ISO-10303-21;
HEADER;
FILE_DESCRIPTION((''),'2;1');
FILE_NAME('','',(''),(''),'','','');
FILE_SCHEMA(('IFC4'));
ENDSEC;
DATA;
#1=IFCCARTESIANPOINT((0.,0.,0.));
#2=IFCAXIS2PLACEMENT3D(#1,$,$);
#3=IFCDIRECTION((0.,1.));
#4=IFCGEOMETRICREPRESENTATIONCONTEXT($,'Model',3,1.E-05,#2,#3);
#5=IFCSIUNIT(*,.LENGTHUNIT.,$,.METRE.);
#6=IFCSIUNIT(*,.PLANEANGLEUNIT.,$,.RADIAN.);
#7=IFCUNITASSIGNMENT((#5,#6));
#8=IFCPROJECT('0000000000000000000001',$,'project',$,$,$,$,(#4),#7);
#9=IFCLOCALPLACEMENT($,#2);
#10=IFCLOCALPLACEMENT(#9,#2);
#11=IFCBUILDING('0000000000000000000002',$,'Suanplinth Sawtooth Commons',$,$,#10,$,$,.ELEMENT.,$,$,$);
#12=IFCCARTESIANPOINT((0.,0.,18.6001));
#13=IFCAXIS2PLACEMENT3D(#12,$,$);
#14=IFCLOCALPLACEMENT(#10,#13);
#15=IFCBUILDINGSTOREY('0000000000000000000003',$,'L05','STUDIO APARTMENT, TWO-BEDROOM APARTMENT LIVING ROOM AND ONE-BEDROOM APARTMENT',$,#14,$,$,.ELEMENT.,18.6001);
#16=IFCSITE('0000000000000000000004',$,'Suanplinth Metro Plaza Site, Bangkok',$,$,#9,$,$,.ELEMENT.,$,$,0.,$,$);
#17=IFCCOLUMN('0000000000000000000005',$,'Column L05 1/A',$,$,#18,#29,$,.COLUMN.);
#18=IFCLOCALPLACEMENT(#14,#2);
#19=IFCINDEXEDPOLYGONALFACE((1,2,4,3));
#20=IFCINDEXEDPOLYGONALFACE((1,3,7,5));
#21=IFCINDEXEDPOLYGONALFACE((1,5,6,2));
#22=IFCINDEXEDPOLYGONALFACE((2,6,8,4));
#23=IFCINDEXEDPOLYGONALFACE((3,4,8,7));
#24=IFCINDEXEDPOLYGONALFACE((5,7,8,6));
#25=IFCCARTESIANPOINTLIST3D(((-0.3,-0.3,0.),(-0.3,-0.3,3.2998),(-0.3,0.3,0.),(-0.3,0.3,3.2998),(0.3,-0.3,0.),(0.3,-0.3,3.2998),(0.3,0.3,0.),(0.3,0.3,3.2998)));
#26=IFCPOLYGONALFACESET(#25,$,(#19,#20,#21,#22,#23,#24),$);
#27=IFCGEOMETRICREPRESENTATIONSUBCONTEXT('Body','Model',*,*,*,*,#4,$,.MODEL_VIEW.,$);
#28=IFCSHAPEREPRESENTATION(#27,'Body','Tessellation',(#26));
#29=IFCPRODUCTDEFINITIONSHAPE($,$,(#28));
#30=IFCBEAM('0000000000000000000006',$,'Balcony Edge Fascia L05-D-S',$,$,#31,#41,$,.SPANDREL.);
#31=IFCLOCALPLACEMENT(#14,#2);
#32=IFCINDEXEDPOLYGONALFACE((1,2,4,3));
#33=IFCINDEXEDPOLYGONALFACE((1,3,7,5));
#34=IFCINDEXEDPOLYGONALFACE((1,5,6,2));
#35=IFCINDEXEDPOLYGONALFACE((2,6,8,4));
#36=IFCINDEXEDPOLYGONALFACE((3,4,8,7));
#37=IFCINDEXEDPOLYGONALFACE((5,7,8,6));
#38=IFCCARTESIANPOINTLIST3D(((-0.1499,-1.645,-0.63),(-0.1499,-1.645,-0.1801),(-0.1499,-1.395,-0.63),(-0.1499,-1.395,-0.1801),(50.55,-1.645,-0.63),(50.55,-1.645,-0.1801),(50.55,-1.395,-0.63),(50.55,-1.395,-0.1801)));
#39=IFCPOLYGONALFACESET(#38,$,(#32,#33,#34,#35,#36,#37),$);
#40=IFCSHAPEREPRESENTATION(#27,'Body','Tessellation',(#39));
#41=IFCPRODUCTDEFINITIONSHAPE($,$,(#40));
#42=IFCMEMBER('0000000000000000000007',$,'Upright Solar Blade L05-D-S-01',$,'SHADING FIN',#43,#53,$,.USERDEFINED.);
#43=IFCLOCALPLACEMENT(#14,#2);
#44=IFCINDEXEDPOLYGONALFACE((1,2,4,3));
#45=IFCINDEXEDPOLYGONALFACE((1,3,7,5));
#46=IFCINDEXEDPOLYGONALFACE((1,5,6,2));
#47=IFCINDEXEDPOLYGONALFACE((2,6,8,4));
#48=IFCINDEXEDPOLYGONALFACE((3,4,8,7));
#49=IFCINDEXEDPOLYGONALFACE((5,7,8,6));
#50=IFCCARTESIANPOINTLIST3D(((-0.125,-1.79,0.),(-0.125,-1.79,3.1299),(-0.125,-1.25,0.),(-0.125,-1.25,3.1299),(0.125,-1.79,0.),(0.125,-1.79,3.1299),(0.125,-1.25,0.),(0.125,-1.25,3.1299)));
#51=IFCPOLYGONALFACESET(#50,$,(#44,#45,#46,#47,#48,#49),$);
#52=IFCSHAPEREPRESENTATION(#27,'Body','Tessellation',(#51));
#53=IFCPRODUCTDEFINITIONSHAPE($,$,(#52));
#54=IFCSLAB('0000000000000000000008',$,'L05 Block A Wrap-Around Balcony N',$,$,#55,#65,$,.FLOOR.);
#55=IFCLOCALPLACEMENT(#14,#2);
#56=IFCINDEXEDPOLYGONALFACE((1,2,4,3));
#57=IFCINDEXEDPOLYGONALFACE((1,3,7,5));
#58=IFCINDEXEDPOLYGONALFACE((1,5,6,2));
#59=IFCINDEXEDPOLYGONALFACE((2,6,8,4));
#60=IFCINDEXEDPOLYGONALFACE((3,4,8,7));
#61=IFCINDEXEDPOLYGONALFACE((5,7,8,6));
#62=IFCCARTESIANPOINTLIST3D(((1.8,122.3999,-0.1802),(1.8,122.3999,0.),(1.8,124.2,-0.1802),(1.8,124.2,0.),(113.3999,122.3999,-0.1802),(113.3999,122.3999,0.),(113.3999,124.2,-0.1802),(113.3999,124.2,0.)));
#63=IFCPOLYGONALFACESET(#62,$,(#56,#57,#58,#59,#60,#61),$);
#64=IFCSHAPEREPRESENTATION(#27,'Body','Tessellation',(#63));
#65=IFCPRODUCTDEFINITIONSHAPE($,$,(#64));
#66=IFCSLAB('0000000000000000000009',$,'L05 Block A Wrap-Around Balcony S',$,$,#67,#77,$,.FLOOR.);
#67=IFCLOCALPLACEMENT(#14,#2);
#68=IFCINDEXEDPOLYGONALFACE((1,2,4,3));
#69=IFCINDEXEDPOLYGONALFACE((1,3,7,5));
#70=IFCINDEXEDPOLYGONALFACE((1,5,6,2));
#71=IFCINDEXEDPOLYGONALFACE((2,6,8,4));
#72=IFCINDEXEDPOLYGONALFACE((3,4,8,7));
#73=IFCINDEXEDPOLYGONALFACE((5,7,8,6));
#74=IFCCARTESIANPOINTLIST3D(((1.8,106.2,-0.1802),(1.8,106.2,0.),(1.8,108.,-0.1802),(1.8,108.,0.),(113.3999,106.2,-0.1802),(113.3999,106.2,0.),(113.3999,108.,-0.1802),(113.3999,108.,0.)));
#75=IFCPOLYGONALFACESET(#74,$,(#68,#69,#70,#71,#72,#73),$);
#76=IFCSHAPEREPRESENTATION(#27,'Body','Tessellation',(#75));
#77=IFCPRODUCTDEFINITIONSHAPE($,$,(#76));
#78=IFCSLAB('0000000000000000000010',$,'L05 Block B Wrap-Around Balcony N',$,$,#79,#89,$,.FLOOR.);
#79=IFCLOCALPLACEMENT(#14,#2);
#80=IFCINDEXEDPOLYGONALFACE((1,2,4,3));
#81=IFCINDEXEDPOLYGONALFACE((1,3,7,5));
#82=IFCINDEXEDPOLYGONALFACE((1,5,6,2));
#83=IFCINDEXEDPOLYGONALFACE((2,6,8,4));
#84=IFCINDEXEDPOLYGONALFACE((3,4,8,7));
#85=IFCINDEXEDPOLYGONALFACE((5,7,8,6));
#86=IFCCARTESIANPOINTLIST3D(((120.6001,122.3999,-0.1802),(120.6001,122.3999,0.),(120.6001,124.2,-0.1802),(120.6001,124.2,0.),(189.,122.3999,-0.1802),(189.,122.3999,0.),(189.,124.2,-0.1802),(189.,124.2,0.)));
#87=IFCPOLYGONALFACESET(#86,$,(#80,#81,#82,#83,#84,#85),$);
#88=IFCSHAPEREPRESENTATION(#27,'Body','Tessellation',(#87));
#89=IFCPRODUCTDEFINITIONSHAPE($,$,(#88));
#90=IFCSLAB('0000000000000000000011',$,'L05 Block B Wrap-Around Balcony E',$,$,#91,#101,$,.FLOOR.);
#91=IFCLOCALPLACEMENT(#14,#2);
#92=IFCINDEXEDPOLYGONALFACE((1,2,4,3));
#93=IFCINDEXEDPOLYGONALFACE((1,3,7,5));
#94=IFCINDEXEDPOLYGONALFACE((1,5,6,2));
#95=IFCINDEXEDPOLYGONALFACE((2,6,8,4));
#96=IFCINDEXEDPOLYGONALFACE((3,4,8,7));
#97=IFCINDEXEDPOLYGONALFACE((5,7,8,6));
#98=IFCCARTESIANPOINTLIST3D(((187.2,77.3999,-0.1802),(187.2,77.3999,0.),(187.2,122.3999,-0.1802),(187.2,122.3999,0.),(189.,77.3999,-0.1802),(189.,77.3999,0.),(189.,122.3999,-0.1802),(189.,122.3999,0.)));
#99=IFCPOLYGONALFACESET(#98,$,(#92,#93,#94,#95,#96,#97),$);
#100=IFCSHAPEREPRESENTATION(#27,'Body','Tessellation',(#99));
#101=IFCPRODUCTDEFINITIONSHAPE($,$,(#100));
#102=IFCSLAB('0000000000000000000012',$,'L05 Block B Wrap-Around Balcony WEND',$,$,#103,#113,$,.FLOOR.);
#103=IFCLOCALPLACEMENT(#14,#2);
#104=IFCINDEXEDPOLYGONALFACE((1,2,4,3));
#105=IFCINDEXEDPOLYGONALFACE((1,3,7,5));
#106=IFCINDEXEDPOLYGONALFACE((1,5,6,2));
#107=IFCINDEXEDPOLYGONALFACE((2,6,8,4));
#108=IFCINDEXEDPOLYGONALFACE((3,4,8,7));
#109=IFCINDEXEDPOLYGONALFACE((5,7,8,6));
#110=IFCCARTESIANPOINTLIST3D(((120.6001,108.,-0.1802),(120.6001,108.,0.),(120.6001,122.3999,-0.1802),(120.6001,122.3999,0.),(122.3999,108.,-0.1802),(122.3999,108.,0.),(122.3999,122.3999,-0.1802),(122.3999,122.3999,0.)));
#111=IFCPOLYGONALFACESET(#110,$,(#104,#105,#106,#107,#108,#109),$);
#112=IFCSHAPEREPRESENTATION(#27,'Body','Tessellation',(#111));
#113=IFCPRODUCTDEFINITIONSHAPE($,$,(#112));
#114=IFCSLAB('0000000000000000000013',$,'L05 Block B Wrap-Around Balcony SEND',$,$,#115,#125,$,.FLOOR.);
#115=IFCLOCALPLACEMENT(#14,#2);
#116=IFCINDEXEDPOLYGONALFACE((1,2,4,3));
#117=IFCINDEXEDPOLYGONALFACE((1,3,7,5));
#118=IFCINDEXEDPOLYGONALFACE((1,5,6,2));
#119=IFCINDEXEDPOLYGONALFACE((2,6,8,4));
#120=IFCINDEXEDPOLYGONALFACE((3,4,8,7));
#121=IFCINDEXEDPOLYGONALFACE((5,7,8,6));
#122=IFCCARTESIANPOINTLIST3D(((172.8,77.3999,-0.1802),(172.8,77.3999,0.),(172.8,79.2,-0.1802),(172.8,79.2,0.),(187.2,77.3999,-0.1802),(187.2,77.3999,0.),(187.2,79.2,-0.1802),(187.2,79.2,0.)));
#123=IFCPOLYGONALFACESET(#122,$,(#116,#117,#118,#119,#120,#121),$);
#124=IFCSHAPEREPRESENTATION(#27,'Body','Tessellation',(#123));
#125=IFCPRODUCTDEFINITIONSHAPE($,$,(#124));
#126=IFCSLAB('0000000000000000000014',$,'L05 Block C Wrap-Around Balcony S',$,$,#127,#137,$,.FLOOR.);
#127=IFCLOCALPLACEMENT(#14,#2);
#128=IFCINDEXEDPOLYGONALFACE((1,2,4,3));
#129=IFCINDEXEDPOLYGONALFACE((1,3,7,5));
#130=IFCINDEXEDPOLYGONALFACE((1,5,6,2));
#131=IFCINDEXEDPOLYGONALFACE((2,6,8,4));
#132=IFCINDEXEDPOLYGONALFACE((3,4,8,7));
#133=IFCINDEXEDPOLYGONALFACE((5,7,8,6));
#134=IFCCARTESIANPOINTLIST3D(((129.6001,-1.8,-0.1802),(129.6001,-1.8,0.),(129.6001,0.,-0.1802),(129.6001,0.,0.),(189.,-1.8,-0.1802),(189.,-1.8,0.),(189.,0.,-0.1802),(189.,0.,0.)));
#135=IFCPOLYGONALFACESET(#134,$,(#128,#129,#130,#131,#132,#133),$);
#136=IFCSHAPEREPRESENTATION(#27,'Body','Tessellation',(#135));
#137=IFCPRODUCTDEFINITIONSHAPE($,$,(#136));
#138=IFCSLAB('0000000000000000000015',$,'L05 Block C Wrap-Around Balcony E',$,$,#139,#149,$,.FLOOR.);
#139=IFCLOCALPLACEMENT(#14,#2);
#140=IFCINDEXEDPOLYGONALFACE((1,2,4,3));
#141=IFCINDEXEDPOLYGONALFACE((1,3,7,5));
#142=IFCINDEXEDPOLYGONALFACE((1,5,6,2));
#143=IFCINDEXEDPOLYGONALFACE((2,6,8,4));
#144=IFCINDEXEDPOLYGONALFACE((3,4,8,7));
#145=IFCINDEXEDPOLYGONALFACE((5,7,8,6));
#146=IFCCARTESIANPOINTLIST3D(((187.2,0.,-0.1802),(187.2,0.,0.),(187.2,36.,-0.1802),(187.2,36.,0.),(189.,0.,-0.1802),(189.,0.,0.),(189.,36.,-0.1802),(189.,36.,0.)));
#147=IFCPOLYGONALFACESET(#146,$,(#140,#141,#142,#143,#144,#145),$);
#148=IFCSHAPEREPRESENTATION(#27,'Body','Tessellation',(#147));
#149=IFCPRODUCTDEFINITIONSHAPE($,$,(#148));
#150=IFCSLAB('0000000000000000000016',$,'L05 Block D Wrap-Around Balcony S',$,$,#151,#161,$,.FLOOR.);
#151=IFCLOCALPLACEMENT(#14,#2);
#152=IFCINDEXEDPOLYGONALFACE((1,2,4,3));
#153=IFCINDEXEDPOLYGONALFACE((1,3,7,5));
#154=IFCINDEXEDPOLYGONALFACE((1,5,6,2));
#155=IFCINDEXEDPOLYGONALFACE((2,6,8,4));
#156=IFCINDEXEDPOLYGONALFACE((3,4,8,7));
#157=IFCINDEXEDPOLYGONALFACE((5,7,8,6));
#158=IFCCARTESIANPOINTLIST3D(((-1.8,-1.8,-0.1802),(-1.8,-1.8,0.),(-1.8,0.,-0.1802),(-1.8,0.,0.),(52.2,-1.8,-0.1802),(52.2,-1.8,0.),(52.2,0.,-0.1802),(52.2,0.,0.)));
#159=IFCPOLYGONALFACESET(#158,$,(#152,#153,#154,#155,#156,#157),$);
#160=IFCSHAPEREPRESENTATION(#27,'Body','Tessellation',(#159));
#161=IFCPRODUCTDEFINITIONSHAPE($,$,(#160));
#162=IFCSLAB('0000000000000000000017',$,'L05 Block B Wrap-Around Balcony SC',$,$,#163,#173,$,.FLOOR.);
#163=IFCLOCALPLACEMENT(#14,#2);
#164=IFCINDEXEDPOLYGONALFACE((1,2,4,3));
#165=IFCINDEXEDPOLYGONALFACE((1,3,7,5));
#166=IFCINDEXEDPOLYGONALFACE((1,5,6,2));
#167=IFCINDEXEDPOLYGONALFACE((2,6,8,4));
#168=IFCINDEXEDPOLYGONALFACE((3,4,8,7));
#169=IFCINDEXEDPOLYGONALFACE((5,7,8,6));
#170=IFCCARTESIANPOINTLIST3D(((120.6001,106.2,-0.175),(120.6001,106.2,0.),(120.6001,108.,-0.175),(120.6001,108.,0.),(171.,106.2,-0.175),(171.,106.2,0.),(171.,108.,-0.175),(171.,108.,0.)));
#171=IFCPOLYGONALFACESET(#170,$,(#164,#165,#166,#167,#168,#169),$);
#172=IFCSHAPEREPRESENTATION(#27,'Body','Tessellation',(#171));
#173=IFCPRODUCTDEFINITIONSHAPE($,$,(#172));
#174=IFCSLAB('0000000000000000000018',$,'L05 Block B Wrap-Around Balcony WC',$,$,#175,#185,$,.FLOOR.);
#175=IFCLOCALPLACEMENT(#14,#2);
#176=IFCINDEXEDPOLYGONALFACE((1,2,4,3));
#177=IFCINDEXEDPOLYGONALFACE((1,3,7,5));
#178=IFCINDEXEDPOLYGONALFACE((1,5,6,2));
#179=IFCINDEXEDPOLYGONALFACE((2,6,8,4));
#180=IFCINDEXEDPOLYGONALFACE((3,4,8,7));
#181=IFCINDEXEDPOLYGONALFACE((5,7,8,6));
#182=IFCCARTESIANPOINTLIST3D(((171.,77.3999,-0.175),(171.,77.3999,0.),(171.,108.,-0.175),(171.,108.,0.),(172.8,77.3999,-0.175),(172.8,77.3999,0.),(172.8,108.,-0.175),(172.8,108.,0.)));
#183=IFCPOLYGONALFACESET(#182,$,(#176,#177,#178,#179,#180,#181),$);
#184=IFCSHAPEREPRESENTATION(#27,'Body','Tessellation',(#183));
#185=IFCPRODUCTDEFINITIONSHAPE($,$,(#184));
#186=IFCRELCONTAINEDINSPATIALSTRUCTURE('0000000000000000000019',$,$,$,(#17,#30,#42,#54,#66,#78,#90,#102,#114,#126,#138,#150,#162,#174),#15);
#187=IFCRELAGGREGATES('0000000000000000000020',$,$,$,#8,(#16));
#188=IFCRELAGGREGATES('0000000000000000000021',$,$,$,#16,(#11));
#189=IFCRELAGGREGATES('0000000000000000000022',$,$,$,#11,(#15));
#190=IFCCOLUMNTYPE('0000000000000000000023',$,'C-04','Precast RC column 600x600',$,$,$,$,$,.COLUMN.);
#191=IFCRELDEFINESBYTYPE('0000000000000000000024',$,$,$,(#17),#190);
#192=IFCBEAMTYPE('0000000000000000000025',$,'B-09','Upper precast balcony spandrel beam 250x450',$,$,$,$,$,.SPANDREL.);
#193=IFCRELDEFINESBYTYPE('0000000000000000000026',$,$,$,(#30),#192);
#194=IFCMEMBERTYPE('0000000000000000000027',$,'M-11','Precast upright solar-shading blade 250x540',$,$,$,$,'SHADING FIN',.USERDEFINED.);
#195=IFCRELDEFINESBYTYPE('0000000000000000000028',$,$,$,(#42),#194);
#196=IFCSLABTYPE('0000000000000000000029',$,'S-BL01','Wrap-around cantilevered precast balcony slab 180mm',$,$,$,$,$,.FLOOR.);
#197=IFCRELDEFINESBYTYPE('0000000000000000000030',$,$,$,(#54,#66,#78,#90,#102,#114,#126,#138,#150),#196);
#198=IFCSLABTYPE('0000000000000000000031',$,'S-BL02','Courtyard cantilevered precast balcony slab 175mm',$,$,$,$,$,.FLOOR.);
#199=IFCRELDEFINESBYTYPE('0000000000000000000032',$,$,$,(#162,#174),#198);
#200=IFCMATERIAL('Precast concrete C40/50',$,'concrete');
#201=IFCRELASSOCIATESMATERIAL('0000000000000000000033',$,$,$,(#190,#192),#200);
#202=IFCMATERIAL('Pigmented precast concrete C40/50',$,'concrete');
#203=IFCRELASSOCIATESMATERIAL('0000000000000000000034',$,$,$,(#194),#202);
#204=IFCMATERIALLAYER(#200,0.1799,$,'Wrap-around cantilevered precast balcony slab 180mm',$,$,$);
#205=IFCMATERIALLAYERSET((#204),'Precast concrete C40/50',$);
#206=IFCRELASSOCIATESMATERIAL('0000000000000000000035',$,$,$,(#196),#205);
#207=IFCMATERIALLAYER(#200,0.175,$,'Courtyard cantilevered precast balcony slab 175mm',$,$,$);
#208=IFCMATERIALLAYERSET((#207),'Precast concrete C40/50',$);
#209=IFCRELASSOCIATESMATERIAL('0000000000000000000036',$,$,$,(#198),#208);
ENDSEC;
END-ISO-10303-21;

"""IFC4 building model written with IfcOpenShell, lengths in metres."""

from ifc_helpers import new_model, si_unit, direction, frame, origin, origin_with_axes, origin_2d, place, context, subcontext, project, spatial, polyline, rectangle, outline, extrude, material, layer, layer_set, material_profile, profile_set, type_object, element, save


model = new_model("IFC4")

# Units and contexts
model_context = context("Model", 3, precision=1e-05, world=origin(), true_north=direction((0.0, 1.0)))
body_context = subcontext(model_context, "Body", "Model", "MODEL_VIEW")
ifc_project = project(units=[si_unit("LENGTHUNIT", "METRE"), si_unit("PLANEANGLEUNIT", "RADIAN")], contexts=[model_context])

# Site, building, storey
site_placement = place(None, origin())
site = spatial("IfcSite", under=ifc_project, at=site_placement, Name="Suanplinth Metro Plaza Site, Bangkok", CompositionType="ELEMENT", RefElevation=0.0)
building_placement = place(site_placement, origin())
building = spatial("IfcBuilding", under=site, at=building_placement, Name="Suanplinth Sawtooth Commons", CompositionType="ELEMENT")
storey_placement = place(building_placement, frame((0.0, 0.0, 18.6001)))
storey = spatial("IfcBuildingStorey", under=building, at=storey_placement, Name="L05", Description="STUDIO APARTMENT, TWO-BEDROOM APARTMENT LIVING ROOM AND ONE-BEDROOM APARTMENT", CompositionType="ELEMENT", Elevation=18.6001)

# Column
ifc_material_1 = material(Name="Precast concrete C40/50", Category="concrete")
ifc_material_profile_1 = material_profile(ifc_material_1, rectangle(XDim=0.6001, YDim=0.6001, at=origin_2d()), Name="PC-COL 600x600")
ifc_profile_set_1 = profile_set([ifc_material_profile_1], Name="Precast concrete C40/50")
column_type = type_object("IfcColumnType", Name="C-04", Description="Precast RC column 600x600", PredefinedType="COLUMN", material=ifc_profile_set_1)
column_placement = place(storey_placement, origin_with_axes())
element("IfcColumn", 1, at=column_placement, inside=storey, type_object=column_type, Name="Column L05 1/A", PredefinedType="COLUMN", context=body_context, shape_type="SweptSolid", body=[
    extrude(rectangle(XDim=0.6001, YDim=0.6001, at=origin_2d()), origin(), (0.0, 0.0, 1.0), 3.2998),
])

# Beam
ifc_material_profile_2 = material_profile(ifc_material_1, rectangle(XDim=0.25, YDim=0.45, at=origin_2d()), Name="PC-SP 250x450")
ifc_profile_set_2 = profile_set([ifc_material_profile_2], Name="Precast concrete C40/50")
beam_type = type_object("IfcBeamType", Name="B-09", Description="Upper precast balcony spandrel beam 250x450", PredefinedType="SPANDREL", material=ifc_profile_set_2)
beam_placement = place(storey_placement, frame((-0.1499, -1.52, -0.405), z_axis=(1.0, 0.0, 0.0), x_axis=(0.0, 1.0, 0.0)))
element("IfcBeam", 2, at=beam_placement, inside=storey, type_object=beam_type, Name="Balcony Edge Fascia L05-D-S", PredefinedType="SPANDREL", context=body_context, shape_type="SweptSolid", body=[
    extrude(rectangle(XDim=0.25, YDim=0.45, at=origin_2d()), origin(), (0.0, 0.0, 1.0), 50.7),
])

# Member
ifc_material_2 = material(Name="Pigmented precast concrete C40/50", Category="concrete")
ifc_material_profile_3 = material_profile(ifc_material_2, rectangle(XDim=0.25, YDim=0.54, at=origin_2d()), Name="PC-FIN 250x540")
ifc_profile_set_3 = profile_set([ifc_material_profile_3], Name="Pigmented precast concrete C40/50")
member_type = type_object("IfcMemberType", Name="M-11", Description="Precast upright solar-shading blade 250x540", ElementType="SHADING FIN", PredefinedType="USERDEFINED", material=ifc_profile_set_3)
member_placement = place(storey_placement, frame((0.0, -1.52, 0.0), z_axis=(0.0, 0.0, 1.0), x_axis=(1.0, 0.0, 0.0)))
element("IfcMember", 3, at=member_placement, inside=storey, type_object=member_type, Name="Upright Solar Blade L05-D-S-01", ObjectType="SHADING FIN", PredefinedType="USERDEFINED", context=body_context, shape_type="SweptSolid", body=[
    extrude(rectangle(XDim=0.25, YDim=0.54, at=origin_2d()), origin(), (0.0, 0.0, 1.0), 3.1299),
])

# Slabs
ifc_layer_1 = layer(ifc_material_1, 0.1799, Name="Wrap-around cantilevered precast balcony slab 180mm")
ifc_layer_set_1 = layer_set([ifc_layer_1], Name="Precast concrete C40/50")
slab_type_1 = type_object("IfcSlabType", Name="S-BL01", Description="Wrap-around cantilevered precast balcony slab 180mm", PredefinedType="FLOOR", material=ifc_layer_set_1)
slab_1_placement = place(storey_placement, frame((0.0, 0.0, -0.1802)))
element("IfcSlab", 4, at=slab_1_placement, inside=storey, type_object=slab_type_1, Name="L05 Block A Wrap-Around Balcony N", PredefinedType="FLOOR", context=body_context, shape_type="SweptSolid", body=[
    extrude(outline(polyline([(1.8, 124.2), (113.3999, 124.2), (113.3999, 122.3999), (1.8, 122.3999), (1.8, 124.2)])), origin(), (0.0, 0.0, 1.0), 0.1802),
])
slab_2_placement = place(storey_placement, frame((0.0, 0.0, -0.1802)))
element("IfcSlab", 5, at=slab_2_placement, inside=storey, type_object=slab_type_1, Name="L05 Block A Wrap-Around Balcony S", PredefinedType="FLOOR", context=body_context, shape_type="SweptSolid", body=[
    extrude(outline(polyline([(113.3999, 106.2), (1.8, 106.2), (1.8, 108.0), (113.3999, 108.0), (113.3999, 106.2)])), origin(), (0.0, 0.0, 1.0), 0.1802),
])
slab_3_placement = place(storey_placement, frame((0.0, 0.0, -0.1802)))
element("IfcSlab", 6, at=slab_3_placement, inside=storey, type_object=slab_type_1, Name="L05 Block B Wrap-Around Balcony N", PredefinedType="FLOOR", context=body_context, shape_type="SweptSolid", body=[
    extrude(outline(polyline([(120.6001, 122.3999), (120.6001, 124.2), (189.0, 124.2), (189.0, 122.3999), (120.6001, 122.3999)])), origin(), (0.0, 0.0, 1.0), 0.1802),
])
slab_4_placement = place(storey_placement, frame((0.0, 0.0, -0.1802)))
element("IfcSlab", 7, at=slab_4_placement, inside=storey, type_object=slab_type_1, Name="L05 Block B Wrap-Around Balcony E", PredefinedType="FLOOR", context=body_context, shape_type="SweptSolid", body=[
    extrude(outline(polyline([(189.0, 122.3999), (189.0, 77.3999), (187.2, 77.3999), (187.2, 122.3999), (189.0, 122.3999)])), origin(), (0.0, 0.0, 1.0), 0.1802),
])
slab_5_placement = place(storey_placement, frame((0.0, 0.0, -0.1802)))
element("IfcSlab", 8, at=slab_5_placement, inside=storey, type_object=slab_type_1, Name="L05 Block B Wrap-Around Balcony WEND", PredefinedType="FLOOR", context=body_context, shape_type="SweptSolid", body=[
    extrude(outline(polyline([(122.3999, 108.0), (120.6001, 108.0), (120.6001, 122.3999), (122.3999, 122.3999), (122.3999, 108.0)])), origin(), (0.0, 0.0, 1.0), 0.1802),
])
slab_6_placement = place(storey_placement, frame((0.0, 0.0, -0.1802)))
element("IfcSlab", 9, at=slab_6_placement, inside=storey, type_object=slab_type_1, Name="L05 Block B Wrap-Around Balcony SEND", PredefinedType="FLOOR", context=body_context, shape_type="SweptSolid", body=[
    extrude(outline(polyline([(187.2, 77.3999), (172.8, 77.3999), (172.8, 79.2), (187.2, 79.2), (187.2, 77.3999)])), origin(), (0.0, 0.0, 1.0), 0.1802),
])
slab_7_placement = place(storey_placement, frame((0.0, 0.0, -0.1802)))
element("IfcSlab", 10, at=slab_7_placement, inside=storey, type_object=slab_type_1, Name="L05 Block C Wrap-Around Balcony S", PredefinedType="FLOOR", context=body_context, shape_type="SweptSolid", body=[
    extrude(outline(polyline([(189.0, 0.0), (189.0, -1.8), (129.6001, -1.8), (129.6001, 0.0), (189.0, 0.0)])), origin(), (0.0, 0.0, 1.0), 0.1802),
])
slab_8_placement = place(storey_placement, frame((0.0, 0.0, -0.1802)))
element("IfcSlab", 11, at=slab_8_placement, inside=storey, type_object=slab_type_1, Name="L05 Block C Wrap-Around Balcony E", PredefinedType="FLOOR", context=body_context, shape_type="SweptSolid", body=[
    extrude(outline(polyline([(189.0, 36.0), (189.0, 0.0), (187.2, 0.0), (187.2, 36.0), (189.0, 36.0)])), origin(), (0.0, 0.0, 1.0), 0.1802),
])
slab_9_placement = place(storey_placement, frame((0.0, 0.0, -0.1802)))
element("IfcSlab", 12, at=slab_9_placement, inside=storey, type_object=slab_type_1, Name="L05 Block D Wrap-Around Balcony S", PredefinedType="FLOOR", context=body_context, shape_type="SweptSolid", body=[
    extrude(outline(polyline([(52.2, 0.0), (52.2, -1.8), (-1.8, -1.8), (-1.8, 0.0), (52.2, 0.0)])), origin(), (0.0, 0.0, 1.0), 0.1802),
])
ifc_layer_2 = layer(ifc_material_1, 0.175, Name="Courtyard cantilevered precast balcony slab 175mm")
ifc_layer_set_2 = layer_set([ifc_layer_2], Name="Precast concrete C40/50")
slab_type_2 = type_object("IfcSlabType", Name="S-BL02", Description="Courtyard cantilevered precast balcony slab 175mm", PredefinedType="FLOOR", material=ifc_layer_set_2)
slab_10_placement = place(storey_placement, frame((0.0, 0.0, -0.175)))
element("IfcSlab", 13, at=slab_10_placement, inside=storey, type_object=slab_type_2, Name="L05 Block B Wrap-Around Balcony SC", PredefinedType="FLOOR", context=body_context, shape_type="SweptSolid", body=[
    extrude(outline(polyline([(171.0, 106.2), (120.6001, 106.2), (120.6001, 108.0), (171.0, 108.0), (171.0, 106.2)])), origin(), (0.0, 0.0, 1.0), 0.175),
])
slab_11_placement = place(storey_placement, frame((0.0, 0.0, -0.175)))
element("IfcSlab", 14, at=slab_11_placement, inside=storey, type_object=slab_type_2, Name="L05 Block B Wrap-Around Balcony WC", PredefinedType="FLOOR", context=body_context, shape_type="SweptSolid", body=[
    extrude(outline(polyline([(172.8, 77.3999), (171.0, 77.3999), (171.0, 108.0), (172.8, 108.0), (172.8, 77.3999)])), origin(), (0.0, 0.0, 1.0), 0.175),
])

save(model, "model.ifc")
